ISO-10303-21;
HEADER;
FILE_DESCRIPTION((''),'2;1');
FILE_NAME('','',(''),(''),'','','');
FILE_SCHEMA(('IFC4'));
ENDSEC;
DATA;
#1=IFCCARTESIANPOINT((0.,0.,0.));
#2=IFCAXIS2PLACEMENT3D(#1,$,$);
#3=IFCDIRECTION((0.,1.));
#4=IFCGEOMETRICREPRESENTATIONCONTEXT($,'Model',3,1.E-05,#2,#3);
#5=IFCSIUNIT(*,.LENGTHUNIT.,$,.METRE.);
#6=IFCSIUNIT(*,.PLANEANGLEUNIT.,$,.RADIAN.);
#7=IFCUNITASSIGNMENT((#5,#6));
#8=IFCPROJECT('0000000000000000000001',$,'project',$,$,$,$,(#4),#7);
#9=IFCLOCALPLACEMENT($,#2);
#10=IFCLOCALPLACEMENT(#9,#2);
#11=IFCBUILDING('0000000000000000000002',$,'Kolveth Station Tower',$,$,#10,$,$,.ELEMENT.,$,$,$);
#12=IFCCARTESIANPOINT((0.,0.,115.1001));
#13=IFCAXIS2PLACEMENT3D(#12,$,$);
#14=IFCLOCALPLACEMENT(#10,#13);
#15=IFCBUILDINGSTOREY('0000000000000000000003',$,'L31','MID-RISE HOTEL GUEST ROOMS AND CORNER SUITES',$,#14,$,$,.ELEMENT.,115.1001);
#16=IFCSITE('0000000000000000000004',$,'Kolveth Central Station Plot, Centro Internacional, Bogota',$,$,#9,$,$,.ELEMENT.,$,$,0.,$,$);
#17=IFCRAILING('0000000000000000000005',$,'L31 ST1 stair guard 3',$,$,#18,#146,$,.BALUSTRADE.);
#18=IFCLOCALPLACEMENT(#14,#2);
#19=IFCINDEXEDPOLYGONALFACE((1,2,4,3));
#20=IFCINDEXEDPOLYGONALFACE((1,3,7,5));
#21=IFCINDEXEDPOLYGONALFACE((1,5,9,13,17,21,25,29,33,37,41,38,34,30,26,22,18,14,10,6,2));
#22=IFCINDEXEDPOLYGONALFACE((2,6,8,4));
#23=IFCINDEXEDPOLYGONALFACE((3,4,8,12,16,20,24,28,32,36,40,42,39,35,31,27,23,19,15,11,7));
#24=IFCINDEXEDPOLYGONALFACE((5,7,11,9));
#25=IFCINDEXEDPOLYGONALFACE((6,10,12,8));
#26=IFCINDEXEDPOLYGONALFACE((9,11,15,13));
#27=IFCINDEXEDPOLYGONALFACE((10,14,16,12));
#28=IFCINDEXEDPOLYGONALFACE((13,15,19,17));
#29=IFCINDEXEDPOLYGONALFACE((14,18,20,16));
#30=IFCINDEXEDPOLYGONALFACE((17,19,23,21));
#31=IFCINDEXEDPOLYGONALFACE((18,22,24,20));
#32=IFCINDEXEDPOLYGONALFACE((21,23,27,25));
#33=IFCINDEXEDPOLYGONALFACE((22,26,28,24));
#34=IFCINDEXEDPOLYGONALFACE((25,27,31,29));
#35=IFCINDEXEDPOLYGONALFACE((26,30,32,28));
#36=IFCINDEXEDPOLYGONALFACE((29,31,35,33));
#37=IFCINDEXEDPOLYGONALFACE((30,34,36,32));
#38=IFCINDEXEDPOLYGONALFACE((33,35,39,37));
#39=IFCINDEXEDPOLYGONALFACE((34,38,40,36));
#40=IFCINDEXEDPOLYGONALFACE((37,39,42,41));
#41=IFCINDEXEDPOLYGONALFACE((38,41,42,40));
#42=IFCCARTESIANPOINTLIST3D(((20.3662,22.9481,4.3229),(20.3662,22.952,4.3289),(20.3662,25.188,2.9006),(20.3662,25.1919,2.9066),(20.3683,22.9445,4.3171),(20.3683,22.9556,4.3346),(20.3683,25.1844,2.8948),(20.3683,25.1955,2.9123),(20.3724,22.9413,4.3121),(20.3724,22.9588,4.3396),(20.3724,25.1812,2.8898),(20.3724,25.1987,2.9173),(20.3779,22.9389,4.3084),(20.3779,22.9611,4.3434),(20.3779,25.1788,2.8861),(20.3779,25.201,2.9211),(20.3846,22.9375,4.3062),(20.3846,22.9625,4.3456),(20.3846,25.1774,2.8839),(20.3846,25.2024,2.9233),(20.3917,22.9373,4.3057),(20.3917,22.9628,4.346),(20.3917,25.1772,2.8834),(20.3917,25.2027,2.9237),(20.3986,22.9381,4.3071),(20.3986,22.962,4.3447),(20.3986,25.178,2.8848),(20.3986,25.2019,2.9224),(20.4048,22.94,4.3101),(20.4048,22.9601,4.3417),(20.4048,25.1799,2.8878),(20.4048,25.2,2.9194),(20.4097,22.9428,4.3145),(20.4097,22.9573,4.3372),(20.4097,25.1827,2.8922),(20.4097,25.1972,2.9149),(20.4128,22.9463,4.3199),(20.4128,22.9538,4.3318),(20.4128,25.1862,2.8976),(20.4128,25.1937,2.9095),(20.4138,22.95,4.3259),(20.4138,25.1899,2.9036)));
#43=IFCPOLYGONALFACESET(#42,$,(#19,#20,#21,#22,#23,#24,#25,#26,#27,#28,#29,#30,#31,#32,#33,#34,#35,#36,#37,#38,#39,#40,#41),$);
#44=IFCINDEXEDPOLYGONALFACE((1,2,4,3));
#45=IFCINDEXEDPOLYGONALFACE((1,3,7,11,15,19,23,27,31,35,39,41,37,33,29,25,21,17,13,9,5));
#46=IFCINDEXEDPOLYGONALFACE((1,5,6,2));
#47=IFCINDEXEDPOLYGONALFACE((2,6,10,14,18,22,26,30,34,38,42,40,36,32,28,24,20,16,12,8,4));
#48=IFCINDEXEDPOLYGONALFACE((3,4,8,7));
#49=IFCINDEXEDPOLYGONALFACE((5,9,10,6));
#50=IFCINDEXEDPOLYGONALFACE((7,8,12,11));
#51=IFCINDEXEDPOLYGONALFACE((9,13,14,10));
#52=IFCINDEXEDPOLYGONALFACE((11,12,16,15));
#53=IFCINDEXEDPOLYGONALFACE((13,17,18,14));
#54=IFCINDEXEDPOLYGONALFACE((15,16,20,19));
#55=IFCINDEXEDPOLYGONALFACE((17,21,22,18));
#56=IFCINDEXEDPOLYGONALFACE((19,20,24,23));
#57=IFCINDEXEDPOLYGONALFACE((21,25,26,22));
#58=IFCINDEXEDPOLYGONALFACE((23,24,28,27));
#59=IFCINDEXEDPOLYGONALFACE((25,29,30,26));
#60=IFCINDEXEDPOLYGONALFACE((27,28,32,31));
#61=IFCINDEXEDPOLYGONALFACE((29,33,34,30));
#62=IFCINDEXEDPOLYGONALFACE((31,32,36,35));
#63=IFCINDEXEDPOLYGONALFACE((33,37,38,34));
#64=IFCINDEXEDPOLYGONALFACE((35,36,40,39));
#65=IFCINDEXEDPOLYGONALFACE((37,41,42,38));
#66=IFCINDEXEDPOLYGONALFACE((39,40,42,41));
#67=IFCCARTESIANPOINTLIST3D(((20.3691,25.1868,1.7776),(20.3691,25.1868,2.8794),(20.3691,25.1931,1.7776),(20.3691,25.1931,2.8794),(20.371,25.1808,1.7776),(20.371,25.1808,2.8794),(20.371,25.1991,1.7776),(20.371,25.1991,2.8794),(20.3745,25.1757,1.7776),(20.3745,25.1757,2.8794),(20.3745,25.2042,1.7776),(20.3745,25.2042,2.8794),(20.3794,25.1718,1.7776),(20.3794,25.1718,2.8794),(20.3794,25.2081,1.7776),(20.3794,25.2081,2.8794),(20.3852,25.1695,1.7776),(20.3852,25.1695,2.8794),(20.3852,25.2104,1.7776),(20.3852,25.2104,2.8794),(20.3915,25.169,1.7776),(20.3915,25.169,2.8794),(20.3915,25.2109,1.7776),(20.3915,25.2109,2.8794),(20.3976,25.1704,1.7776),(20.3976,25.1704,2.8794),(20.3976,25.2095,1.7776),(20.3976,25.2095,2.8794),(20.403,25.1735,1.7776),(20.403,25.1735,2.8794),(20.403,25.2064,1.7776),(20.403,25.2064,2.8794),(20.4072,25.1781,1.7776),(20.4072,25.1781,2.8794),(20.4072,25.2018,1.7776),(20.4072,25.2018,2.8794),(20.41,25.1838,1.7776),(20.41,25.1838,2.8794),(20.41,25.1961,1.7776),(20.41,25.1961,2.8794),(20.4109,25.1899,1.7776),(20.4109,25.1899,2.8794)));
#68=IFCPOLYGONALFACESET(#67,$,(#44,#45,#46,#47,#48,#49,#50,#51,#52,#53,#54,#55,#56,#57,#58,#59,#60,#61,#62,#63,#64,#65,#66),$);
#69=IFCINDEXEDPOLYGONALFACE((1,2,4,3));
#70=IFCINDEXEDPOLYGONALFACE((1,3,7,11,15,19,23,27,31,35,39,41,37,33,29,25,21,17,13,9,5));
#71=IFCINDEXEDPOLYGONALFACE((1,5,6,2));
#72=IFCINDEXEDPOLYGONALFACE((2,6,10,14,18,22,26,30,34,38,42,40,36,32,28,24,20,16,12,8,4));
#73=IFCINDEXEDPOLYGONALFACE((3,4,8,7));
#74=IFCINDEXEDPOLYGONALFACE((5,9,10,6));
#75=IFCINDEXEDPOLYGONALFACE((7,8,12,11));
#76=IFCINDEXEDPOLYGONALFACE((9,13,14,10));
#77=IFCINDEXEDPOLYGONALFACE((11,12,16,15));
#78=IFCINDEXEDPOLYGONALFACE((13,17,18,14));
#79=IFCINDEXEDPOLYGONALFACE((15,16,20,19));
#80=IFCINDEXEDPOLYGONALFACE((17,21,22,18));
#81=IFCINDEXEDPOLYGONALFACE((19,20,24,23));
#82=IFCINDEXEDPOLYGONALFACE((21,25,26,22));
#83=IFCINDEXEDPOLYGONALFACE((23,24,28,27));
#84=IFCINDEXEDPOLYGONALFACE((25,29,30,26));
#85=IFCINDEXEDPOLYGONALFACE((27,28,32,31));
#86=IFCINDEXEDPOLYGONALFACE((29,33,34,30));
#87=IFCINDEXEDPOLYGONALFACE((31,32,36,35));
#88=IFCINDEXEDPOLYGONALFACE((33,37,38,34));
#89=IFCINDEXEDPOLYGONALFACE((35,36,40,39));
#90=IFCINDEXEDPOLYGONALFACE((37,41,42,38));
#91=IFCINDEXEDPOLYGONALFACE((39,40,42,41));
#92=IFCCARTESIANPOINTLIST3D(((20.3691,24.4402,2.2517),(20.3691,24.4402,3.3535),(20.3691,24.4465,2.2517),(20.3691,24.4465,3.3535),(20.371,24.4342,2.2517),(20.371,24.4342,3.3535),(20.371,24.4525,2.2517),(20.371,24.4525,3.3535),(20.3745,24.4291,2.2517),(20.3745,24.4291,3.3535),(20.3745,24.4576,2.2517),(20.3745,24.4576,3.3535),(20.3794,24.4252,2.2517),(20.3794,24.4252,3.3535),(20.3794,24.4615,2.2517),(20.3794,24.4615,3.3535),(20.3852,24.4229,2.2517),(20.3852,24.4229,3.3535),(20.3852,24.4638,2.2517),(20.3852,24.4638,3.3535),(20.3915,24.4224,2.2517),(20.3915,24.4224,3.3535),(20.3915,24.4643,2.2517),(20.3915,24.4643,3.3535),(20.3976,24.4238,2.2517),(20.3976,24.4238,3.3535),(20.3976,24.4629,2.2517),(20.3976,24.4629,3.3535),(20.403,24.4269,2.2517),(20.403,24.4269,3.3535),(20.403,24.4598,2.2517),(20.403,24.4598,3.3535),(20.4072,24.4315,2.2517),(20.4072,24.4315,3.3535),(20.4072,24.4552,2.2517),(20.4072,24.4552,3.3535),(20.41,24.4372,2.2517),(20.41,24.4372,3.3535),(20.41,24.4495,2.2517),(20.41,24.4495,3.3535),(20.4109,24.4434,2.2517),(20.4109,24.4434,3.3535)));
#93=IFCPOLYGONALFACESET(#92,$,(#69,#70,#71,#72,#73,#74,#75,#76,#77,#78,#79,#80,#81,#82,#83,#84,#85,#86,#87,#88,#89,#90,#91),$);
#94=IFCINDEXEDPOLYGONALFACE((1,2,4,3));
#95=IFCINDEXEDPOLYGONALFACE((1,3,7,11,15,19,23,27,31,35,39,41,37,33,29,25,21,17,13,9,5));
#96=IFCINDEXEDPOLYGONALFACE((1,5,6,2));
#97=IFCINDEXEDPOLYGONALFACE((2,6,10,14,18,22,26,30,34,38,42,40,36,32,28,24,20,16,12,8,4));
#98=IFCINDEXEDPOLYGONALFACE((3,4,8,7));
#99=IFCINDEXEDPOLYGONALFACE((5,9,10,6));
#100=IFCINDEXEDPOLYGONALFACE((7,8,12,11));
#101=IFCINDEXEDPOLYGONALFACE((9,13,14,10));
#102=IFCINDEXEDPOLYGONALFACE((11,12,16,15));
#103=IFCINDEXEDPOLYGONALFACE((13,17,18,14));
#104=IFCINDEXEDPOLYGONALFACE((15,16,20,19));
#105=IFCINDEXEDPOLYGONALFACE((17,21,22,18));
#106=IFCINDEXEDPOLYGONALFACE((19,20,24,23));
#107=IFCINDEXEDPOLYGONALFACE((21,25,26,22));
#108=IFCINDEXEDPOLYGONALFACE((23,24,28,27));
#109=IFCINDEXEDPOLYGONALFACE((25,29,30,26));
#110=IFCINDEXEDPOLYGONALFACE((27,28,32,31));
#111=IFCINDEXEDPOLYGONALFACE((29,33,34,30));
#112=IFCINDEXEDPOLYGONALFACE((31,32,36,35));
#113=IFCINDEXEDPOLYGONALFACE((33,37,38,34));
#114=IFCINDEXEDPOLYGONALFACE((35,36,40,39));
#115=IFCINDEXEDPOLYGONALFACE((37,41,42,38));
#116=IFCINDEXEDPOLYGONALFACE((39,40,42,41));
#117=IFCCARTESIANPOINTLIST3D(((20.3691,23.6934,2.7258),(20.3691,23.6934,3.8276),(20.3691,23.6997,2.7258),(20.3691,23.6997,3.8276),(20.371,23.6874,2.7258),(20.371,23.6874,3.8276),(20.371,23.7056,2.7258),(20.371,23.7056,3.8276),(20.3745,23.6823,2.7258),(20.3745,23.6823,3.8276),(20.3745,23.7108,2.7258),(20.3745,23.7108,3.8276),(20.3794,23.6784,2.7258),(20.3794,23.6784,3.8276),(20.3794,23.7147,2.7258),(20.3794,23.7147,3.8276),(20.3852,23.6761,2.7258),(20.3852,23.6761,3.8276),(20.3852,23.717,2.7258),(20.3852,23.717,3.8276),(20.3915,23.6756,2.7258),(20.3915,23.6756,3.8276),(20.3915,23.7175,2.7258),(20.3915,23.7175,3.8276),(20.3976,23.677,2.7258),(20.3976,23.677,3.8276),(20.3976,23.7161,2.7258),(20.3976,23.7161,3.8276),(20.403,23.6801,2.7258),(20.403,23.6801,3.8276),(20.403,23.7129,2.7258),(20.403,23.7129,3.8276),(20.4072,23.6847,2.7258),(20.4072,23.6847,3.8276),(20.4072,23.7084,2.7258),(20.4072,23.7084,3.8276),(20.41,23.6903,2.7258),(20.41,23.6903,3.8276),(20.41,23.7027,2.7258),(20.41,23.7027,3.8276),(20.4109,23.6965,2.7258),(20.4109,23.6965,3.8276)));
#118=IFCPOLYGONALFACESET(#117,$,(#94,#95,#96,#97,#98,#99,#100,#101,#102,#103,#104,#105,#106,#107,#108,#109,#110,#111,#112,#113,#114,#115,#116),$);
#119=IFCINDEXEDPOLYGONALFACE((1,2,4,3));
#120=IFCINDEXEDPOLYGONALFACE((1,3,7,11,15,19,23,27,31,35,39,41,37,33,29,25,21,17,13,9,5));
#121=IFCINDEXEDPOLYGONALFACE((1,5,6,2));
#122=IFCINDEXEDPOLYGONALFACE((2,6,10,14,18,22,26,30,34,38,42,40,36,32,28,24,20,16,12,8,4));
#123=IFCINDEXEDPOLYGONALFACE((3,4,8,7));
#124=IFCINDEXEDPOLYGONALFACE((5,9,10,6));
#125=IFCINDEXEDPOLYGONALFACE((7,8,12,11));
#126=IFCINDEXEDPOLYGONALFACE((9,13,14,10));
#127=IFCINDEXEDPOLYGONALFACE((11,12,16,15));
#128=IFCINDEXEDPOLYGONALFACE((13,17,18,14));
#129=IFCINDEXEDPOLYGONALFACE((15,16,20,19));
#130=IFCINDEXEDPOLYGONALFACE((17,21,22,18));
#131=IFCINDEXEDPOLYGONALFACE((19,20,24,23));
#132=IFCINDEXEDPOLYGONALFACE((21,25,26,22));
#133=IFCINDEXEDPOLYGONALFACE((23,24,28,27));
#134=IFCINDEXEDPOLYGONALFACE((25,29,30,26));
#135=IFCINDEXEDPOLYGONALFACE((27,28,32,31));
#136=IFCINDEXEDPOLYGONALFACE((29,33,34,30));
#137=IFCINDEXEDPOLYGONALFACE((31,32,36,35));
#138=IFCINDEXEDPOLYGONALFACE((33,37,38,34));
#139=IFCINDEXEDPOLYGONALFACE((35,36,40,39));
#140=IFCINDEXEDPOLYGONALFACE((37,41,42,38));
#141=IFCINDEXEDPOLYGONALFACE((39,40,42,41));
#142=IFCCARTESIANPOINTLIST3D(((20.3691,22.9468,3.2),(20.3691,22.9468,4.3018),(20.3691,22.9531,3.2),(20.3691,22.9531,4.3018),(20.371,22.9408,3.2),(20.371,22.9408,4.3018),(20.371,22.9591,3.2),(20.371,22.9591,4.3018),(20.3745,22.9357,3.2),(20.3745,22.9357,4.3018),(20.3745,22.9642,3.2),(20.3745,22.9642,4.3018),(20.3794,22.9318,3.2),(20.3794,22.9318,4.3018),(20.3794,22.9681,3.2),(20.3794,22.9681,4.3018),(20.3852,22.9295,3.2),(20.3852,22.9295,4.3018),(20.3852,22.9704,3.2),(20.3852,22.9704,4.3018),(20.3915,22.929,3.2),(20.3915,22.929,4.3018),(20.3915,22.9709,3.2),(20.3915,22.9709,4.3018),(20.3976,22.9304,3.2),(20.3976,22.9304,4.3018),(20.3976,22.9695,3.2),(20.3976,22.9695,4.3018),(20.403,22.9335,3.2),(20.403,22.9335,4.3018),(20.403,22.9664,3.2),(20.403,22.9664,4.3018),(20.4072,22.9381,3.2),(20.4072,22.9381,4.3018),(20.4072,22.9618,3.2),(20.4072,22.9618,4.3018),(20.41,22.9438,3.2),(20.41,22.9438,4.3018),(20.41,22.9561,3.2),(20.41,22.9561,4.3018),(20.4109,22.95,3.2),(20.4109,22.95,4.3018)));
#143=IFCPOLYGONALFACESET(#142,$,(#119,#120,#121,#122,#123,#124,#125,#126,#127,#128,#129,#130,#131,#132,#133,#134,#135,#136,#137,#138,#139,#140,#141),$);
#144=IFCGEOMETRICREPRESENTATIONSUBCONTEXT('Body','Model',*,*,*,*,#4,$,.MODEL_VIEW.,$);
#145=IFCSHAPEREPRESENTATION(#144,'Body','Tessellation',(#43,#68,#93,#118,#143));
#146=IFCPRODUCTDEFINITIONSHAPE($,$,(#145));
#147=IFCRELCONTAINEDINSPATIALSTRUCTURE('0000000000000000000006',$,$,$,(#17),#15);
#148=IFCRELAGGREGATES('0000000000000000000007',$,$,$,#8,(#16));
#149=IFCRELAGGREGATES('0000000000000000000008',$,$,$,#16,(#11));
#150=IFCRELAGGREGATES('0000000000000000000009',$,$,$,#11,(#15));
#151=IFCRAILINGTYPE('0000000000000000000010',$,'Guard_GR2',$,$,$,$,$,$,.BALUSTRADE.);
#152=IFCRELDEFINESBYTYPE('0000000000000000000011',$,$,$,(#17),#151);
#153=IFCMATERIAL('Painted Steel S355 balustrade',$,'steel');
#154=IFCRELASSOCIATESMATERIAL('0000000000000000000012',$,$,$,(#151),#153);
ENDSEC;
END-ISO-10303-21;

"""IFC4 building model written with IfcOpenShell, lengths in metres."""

from ifc_helpers import new_model, si_unit, direction, frame, origin, origin_2d, place, context, subcontext, project, spatial, circle, extrude, material, type_object, element, save


model = new_model("IFC4")

# Units and contexts
model_context = context("Model", 3, precision=1e-05, world=origin(), true_north=direction((0.0, 1.0)))
body_context = subcontext(model_context, "Body", "Model", "MODEL_VIEW")
ifc_project = project(units=[si_unit("LENGTHUNIT", "METRE"), si_unit("PLANEANGLEUNIT", "RADIAN")], contexts=[model_context])

# Site, building, storey
site_placement = place(None, origin())
site = spatial("IfcSite", under=ifc_project, at=site_placement, Name="Kolveth Central Station Plot, Centro Internacional, Bogota", CompositionType="ELEMENT", RefElevation=0.0)
building_placement = place(site_placement, origin())
building = spatial("IfcBuilding", under=site, at=building_placement, Name="Kolveth Station Tower", CompositionType="ELEMENT")
storey_placement = place(building_placement, frame((0.0, 0.0, 115.1001)))
storey = spatial("IfcBuildingStorey", under=building, at=storey_placement, Name="L31", Description="MID-RISE HOTEL GUEST ROOMS AND CORNER SUITES", CompositionType="ELEMENT", Elevation=115.1001)

# Railing
ifc_material_1 = material(Name="Painted Steel S355 balustrade", Category="steel")
railing_type_1 = type_object("IfcRailingType", Name="Guard_GR2", PredefinedType="BALUSTRADE", material=ifc_material_1)
railing_1_placement = place(storey_placement, frame((20.3899, 25.1899, 1.7776)))
element("IfcRailing", 1, at=railing_1_placement, inside=storey, type_object=railing_type_1, Name="L31 ST1 stair guard 3", PredefinedType="BALUSTRADE", context=body_context, shape_type="SweptSolid", body=[
    extrude(circle(Radius=0.0239, at=origin_2d()), frame((0.0, 0.0, 1.126), z_axis=(0.0, -0.844188, 0.536048), x_axis=(1.0, 0.0, 0.0)), (0.0, 0.0, 1.0), 2.6533),
    extrude(circle(Radius=0.021, at=origin_2d()), origin(), (0.0, 0.0, 1.0), 1.1018),
    extrude(circle(Radius=0.021, at=origin_2d()), frame((0.0, -0.7466, 0.4741)), (0.0, 0.0, 1.0), 1.1018),
    extrude(circle(Radius=0.021, at=origin_2d()), frame((0.0, -1.4934, 0.9482)), (0.0, 0.0, 1.0), 1.1018),
    extrude(circle(Radius=0.021, at=origin_2d()), frame((0.0, -2.24, 1.4224)), (0.0, 0.0, 1.0), 1.1018),
])

save(model, "model.ifc")
